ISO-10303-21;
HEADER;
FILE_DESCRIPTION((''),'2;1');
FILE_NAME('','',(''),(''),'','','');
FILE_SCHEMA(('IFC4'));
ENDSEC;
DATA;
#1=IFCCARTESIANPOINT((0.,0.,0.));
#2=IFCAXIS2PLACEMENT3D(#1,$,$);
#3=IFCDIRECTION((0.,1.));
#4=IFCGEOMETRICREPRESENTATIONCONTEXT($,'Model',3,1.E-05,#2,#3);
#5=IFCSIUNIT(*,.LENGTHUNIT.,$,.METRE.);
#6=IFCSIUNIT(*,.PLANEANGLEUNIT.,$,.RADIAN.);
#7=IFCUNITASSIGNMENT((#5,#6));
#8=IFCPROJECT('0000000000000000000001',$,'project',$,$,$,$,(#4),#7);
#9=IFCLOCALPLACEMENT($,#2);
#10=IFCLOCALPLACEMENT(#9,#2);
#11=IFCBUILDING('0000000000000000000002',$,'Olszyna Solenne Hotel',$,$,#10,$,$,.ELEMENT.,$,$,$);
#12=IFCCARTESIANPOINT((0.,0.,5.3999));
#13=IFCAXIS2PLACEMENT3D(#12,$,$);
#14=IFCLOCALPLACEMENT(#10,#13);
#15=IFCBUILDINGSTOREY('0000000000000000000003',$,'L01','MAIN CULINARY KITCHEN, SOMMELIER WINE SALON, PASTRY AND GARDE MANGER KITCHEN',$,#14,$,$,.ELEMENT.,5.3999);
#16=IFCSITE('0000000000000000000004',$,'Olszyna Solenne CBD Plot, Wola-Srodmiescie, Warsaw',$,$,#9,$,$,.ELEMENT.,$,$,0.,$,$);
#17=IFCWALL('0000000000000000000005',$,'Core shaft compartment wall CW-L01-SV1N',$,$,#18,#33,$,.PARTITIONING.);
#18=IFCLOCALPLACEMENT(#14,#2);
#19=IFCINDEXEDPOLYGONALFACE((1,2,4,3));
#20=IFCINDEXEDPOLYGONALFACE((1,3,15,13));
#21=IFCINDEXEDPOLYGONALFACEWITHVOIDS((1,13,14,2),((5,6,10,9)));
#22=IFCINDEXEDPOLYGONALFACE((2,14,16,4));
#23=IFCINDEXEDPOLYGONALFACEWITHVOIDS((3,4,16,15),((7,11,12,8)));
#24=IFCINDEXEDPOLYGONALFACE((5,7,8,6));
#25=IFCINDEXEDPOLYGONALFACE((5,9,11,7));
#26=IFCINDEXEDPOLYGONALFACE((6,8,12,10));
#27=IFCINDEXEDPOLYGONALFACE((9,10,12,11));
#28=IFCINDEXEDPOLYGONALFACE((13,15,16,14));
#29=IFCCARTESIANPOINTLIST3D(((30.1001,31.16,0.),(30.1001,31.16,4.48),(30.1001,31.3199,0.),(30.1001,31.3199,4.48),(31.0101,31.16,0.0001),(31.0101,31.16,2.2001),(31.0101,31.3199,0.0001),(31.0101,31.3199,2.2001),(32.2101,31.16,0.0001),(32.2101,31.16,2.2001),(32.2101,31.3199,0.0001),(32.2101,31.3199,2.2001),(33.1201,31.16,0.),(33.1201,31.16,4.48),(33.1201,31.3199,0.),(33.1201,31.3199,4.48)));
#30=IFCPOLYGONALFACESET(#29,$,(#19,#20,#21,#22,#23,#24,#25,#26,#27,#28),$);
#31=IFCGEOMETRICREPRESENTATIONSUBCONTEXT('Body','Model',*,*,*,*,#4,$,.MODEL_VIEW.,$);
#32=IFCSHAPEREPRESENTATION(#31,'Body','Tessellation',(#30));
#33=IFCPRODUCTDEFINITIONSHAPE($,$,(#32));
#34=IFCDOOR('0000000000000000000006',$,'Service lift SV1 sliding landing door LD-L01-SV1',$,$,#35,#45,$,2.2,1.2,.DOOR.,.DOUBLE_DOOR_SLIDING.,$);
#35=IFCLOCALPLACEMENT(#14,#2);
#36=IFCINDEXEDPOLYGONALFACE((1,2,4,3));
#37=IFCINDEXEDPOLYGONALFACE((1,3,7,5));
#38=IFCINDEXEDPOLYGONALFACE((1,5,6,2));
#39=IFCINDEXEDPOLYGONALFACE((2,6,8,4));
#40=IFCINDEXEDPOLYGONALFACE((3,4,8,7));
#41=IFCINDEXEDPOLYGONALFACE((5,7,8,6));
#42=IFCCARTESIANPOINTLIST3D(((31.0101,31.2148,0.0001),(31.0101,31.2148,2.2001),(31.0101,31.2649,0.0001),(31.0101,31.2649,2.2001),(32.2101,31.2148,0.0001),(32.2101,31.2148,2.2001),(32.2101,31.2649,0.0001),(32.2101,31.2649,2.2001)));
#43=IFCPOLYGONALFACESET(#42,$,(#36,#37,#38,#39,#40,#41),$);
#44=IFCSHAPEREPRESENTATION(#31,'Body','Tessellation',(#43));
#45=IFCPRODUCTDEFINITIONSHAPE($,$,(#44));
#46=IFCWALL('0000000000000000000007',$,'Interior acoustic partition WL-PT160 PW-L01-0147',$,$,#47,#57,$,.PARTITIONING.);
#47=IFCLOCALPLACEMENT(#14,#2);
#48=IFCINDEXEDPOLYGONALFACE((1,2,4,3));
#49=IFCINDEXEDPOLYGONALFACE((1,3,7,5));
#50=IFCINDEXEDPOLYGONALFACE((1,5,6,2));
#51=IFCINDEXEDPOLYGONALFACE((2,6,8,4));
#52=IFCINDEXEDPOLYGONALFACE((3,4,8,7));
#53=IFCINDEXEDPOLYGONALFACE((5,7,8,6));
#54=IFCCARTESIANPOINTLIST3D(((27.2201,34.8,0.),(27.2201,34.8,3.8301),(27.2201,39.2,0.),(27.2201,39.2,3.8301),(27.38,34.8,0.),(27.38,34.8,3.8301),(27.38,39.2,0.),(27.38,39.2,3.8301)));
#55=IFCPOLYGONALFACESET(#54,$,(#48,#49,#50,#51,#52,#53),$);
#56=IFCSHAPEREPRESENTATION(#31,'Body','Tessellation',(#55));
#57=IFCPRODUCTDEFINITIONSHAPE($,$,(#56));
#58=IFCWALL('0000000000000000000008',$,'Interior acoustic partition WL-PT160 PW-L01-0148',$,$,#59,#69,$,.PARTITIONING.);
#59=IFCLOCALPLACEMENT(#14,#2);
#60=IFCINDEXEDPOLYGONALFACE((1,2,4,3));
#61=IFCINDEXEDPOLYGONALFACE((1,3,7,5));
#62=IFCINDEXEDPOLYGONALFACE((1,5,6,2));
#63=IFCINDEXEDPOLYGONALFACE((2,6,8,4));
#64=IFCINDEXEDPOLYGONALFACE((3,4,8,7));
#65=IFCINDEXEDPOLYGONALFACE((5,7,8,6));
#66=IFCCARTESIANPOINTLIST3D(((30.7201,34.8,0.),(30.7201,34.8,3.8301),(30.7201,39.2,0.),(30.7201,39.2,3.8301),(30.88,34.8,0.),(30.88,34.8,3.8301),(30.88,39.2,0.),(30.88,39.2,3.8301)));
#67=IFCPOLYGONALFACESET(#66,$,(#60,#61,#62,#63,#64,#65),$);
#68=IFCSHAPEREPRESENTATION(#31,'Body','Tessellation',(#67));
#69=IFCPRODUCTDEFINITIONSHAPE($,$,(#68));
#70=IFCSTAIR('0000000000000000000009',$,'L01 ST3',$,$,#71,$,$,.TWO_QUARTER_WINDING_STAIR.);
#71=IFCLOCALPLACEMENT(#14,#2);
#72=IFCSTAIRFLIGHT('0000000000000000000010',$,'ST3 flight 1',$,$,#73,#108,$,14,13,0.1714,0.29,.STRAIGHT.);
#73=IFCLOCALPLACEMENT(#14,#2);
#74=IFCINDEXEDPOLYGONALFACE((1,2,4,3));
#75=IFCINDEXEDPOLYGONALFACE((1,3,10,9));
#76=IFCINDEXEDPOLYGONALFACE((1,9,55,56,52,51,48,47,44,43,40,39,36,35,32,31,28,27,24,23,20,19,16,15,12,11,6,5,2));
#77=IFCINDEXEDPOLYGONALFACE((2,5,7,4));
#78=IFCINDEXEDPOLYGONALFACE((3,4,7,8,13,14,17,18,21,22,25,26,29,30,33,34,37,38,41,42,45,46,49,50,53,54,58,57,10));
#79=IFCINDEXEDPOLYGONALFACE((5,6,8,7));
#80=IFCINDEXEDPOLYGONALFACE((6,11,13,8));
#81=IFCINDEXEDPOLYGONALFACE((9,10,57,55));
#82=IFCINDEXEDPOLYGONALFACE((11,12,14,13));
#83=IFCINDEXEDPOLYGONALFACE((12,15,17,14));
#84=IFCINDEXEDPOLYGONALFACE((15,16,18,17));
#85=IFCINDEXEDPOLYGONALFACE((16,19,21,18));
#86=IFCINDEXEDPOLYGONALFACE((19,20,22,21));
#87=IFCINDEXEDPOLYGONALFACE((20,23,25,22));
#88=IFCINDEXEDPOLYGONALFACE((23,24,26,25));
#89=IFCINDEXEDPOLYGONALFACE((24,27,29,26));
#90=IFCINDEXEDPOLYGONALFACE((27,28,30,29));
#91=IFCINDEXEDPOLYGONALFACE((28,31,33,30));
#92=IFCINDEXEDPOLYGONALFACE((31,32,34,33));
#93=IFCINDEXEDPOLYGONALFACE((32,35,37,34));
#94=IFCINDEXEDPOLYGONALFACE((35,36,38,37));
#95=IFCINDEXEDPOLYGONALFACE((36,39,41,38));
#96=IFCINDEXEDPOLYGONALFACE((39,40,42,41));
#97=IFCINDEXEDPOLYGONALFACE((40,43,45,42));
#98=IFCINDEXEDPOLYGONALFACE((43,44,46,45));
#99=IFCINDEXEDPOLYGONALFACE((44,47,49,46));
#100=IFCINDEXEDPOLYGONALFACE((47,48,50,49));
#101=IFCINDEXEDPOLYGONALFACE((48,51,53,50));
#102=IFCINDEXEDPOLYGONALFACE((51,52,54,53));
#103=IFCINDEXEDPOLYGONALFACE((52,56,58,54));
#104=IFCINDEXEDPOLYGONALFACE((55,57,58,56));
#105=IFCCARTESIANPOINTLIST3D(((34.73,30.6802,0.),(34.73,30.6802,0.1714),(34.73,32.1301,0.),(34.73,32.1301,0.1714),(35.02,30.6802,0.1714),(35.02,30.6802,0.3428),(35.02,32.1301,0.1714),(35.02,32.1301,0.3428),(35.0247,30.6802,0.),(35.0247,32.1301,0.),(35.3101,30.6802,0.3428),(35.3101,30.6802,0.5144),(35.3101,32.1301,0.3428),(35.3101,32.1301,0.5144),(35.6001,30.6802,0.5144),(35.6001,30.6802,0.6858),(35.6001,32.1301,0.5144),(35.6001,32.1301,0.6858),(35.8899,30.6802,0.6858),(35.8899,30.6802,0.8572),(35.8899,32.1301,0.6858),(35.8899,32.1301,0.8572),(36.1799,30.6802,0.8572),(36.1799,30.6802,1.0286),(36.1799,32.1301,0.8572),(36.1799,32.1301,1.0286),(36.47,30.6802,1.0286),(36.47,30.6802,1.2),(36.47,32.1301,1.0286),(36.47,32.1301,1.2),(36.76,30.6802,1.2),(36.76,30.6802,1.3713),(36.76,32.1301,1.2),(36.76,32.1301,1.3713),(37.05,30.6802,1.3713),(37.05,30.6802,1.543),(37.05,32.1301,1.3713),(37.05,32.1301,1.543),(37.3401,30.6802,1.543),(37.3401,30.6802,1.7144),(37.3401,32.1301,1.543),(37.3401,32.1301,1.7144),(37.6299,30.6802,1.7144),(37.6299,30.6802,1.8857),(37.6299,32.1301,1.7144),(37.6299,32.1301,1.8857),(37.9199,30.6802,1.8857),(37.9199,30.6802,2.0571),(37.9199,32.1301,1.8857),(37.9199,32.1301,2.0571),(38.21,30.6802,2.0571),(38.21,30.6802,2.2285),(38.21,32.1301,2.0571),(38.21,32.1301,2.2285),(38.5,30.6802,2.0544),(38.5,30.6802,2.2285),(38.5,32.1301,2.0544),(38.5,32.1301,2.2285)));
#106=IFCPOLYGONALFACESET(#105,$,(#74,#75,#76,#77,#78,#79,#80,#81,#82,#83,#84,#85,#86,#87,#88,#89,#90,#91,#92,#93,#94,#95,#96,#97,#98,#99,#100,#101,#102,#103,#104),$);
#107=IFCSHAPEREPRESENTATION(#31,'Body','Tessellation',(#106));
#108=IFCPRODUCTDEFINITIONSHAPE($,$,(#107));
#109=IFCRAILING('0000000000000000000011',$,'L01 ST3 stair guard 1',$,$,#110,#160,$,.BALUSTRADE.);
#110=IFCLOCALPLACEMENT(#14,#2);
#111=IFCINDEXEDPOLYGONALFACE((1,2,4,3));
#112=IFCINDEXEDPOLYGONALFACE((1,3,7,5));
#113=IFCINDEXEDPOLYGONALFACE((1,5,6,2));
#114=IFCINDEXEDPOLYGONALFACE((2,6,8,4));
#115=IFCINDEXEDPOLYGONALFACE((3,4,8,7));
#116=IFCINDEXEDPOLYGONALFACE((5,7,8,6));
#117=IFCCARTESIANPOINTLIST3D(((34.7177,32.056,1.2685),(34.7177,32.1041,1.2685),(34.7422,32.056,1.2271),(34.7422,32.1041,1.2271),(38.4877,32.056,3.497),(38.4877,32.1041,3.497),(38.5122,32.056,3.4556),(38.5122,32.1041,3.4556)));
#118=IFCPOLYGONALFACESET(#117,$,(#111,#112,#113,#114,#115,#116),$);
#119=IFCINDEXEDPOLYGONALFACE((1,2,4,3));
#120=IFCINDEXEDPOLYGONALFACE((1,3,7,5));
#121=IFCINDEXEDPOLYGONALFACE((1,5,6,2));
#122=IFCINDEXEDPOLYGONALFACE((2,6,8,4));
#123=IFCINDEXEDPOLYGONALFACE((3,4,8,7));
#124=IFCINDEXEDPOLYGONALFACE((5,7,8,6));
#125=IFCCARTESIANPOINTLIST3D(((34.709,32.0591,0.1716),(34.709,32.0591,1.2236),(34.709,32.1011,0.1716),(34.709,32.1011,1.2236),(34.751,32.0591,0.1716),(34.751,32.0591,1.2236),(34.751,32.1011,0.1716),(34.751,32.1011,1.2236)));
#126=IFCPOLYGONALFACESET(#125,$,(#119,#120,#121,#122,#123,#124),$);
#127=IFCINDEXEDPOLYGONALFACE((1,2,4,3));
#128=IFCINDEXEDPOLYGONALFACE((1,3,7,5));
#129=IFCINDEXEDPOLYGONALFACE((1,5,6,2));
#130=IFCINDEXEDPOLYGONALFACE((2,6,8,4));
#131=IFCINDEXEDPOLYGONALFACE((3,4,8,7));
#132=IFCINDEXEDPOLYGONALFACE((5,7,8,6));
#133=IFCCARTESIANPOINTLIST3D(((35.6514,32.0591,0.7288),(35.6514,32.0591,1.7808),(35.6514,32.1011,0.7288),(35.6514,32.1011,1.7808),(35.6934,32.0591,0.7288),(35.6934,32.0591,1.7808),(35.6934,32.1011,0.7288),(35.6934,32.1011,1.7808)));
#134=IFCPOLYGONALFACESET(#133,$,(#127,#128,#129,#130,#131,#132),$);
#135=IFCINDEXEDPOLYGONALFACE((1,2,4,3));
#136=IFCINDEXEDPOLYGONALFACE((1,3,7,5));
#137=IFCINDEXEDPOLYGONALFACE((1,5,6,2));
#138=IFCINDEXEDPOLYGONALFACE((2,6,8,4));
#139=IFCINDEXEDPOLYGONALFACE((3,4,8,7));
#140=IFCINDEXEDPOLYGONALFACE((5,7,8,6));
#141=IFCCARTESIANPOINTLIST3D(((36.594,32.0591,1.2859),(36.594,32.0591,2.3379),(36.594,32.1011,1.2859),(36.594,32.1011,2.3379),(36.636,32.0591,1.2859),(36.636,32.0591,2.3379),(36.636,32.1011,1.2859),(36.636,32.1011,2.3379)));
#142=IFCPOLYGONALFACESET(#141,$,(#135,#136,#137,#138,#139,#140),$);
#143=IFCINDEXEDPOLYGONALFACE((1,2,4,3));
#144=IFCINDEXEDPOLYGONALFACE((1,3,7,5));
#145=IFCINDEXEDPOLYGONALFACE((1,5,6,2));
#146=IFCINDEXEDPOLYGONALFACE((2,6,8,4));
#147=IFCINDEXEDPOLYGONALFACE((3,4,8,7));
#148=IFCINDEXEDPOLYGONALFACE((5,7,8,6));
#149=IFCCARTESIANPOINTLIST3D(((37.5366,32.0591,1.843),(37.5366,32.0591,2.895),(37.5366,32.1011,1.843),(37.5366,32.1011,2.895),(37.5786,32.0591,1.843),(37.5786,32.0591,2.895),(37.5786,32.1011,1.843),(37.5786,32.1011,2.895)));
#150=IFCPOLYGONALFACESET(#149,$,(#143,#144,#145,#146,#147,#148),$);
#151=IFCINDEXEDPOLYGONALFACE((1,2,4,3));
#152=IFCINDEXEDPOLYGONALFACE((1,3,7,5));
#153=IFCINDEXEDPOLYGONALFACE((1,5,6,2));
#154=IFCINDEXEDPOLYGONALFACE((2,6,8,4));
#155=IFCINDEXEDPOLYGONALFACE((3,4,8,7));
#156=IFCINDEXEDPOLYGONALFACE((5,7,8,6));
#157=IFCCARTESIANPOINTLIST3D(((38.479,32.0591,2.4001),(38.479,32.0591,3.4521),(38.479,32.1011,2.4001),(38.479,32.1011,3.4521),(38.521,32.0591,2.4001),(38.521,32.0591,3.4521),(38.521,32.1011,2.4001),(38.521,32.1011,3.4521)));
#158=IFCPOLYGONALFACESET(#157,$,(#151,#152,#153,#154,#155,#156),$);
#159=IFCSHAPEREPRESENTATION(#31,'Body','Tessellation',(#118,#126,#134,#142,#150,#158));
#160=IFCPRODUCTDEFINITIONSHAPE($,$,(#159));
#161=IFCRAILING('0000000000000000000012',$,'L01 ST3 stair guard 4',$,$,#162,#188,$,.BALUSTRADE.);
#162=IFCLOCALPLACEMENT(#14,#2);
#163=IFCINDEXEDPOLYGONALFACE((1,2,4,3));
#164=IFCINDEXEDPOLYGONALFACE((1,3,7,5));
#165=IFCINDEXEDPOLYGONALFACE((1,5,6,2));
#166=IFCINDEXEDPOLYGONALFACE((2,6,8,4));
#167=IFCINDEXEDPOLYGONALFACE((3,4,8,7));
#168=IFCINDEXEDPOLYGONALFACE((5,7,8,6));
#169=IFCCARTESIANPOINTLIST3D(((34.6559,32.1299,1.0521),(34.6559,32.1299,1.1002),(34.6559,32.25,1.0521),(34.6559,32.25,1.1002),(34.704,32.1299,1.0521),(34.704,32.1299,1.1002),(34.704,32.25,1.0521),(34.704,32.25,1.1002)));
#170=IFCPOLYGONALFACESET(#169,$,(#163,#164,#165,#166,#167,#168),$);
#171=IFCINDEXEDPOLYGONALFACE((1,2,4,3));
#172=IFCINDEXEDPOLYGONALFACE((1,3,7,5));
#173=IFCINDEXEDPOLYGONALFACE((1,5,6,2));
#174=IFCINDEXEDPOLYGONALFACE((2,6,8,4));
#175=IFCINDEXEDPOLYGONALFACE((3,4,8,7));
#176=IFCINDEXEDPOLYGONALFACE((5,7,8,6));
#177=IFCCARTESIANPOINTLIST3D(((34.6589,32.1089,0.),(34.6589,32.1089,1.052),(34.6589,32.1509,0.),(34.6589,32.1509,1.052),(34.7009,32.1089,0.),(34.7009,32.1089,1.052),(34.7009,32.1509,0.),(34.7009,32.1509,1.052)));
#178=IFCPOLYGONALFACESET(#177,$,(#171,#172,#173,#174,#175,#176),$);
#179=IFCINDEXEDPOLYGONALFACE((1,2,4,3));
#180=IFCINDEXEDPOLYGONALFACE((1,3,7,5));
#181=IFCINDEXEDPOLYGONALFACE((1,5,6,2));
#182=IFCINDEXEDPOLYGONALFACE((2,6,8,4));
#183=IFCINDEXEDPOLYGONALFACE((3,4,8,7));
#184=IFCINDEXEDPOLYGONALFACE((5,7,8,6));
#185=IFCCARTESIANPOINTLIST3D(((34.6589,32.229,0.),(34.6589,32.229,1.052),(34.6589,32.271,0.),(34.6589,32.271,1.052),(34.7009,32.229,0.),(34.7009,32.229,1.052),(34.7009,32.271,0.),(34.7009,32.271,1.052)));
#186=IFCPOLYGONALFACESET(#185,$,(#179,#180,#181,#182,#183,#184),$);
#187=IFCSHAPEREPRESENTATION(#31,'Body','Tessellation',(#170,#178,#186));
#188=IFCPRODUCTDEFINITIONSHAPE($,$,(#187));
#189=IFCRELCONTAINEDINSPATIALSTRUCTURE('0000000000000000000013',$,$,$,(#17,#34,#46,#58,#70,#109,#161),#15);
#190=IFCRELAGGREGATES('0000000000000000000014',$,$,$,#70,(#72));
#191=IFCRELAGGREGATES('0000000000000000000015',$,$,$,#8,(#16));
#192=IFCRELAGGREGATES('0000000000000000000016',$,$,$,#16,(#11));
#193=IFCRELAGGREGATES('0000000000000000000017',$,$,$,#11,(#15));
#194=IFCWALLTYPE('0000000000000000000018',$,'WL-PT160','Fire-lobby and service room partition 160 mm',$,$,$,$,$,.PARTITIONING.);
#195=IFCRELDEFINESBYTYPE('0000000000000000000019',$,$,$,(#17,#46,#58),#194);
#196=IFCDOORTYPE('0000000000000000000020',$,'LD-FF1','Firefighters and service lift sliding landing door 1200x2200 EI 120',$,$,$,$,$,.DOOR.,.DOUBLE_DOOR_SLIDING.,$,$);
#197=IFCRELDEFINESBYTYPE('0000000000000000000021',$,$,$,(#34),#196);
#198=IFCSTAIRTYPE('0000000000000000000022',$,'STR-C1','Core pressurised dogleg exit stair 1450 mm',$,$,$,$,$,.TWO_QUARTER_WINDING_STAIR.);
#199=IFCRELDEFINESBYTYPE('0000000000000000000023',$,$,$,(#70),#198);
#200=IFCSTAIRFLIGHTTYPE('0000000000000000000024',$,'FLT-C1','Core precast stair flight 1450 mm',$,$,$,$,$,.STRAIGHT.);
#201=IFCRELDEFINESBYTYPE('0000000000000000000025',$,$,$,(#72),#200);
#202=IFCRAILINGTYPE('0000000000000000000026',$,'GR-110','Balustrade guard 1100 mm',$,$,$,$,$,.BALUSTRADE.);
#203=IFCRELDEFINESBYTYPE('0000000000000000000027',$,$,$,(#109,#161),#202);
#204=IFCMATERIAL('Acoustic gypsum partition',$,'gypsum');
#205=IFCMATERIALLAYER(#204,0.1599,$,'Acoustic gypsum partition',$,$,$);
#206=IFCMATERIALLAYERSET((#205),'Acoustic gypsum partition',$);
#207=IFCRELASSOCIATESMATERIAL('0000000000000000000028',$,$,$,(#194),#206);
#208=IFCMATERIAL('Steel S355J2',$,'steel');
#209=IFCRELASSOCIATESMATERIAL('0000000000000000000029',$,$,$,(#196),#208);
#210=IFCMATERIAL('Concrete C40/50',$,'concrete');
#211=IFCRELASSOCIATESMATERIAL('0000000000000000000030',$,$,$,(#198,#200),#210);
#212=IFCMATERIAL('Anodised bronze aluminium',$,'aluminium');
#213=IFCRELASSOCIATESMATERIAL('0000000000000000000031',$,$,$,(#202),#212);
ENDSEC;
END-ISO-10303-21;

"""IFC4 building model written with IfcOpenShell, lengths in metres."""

from ifc_helpers import new_model, si_unit, direction, frame, frame_2d, origin, origin_2d, place, context, subcontext, project, spatial, polyline, rectangle, outline, extrude, source, transform, mapped, material, layer, layer_set, type_object, type_shapes, element, fill, aggregate, save


model = new_model("IFC4")

# Units and contexts
model_context = context("Model", 3, precision=1e-05, world=origin(), true_north=direction((0.0, 1.0)))
body_context = subcontext(model_context, "Body", "Model", "MODEL_VIEW")
ifc_project = project(units=[si_unit("LENGTHUNIT", "METRE"), si_unit("PLANEANGLEUNIT", "RADIAN")], contexts=[model_context])

# Site, building, storey
site_placement = place(None, origin())
site = spatial("IfcSite", under=ifc_project, at=site_placement, Name="Olszyna Solenne CBD Plot, Wola-Srodmiescie, Warsaw", CompositionType="ELEMENT", RefElevation=0.0)
building_placement = place(site_placement, origin())
building = spatial("IfcBuilding", under=site, at=building_placement, Name="Olszyna Solenne Hotel", CompositionType="ELEMENT")
storey_placement = place(building_placement, frame((0.0, 0.0, 5.3999)))
storey = spatial("IfcBuildingStorey", under=building, at=storey_placement, Name="L01", Description="MAIN CULINARY KITCHEN, SOMMELIER WINE SALON, PASTRY AND GARDE MANGER KITCHEN", CompositionType="ELEMENT", Elevation=5.3999)

# Shared definitions
ifc_material_1 = material(Name="Steel S355J2", Category="steel")

# Shared definitions
ifc_material_2 = material(Name="Acoustic gypsum partition", Category="gypsum")
ifc_layer_1 = layer(ifc_material_2, 0.1599, Name="Acoustic gypsum partition")
ifc_layer_set_1 = layer_set([ifc_layer_1], Name="Acoustic gypsum partition")
wall_type_1 = type_object("IfcWallType", Name="WL-PT160", Description="Fire-lobby and service room partition 160 mm", PredefinedType="PARTITIONING", material=ifc_layer_set_1)

# Wall, opening, door
wall_1_placement = place(storey_placement, frame((30.1001, 31.24, 0.0), z_axis=(0.0, 0.0, 1.0), x_axis=(1.0, 0.0, 0.0)))
wall_1 = element("IfcWall", 1, at=wall_1_placement, inside=storey, type_object=wall_type_1, Name="Core shaft compartment wall CW-L01-SV1N", PredefinedType="PARTITIONING", context=body_context, shape_type="SweptSolid", body=[
    extrude(rectangle(XDim=3.02, YDim=0.1599, at=frame_2d((1.51, 0.0))), origin(), (0.0, 0.0, 1.0), 4.48),
])
opening_1_placement = place(wall_1_placement, frame((0.9099, 0.0, 0.0)))
opening_1 = element("IfcOpeningElement", 2, at=opening_1_placement, cuts=wall_1, PredefinedType="OPENING", context=body_context, shape_type="SweptSolid", body=[
    extrude(rectangle(XDim=1.2, YDim=2.2, at=frame_2d((0.6001, 1.1001))), frame((0.0, 0.0898, 0.0), z_axis=(0.0, -1.0, 0.0), x_axis=(1.0, 0.0, 0.0)), (0.0, 0.0, 1.0), 0.1799),
])
door_type_1 = type_object("IfcDoorType", Name="LD-FF1", Description="Firefighters and service lift sliding landing door 1200x2200 EI 120", OperationType="DOUBLE_DOOR_SLIDING", PredefinedType="DOOR", material=ifc_material_1)
shared_shape_1 = source(origin(), body_context, "Body", "SweptSolid", [
    extrude(rectangle(XDim=1.2, YDim=2.2, at=frame_2d((0.6001, 1.1001))), frame((0.0, 0.0249, 0.0), z_axis=(0.0, -1.0, 0.0), x_axis=(1.0, 0.0, 0.0)), (0.0, 0.0, 1.0), 0.05),
])
type_shapes(door_type_1, [shared_shape_1])
door_1_placement = place(opening_1_placement, origin())
door_1 = element("IfcDoor", 3, at=door_1_placement, inside=storey, type_object=door_type_1, Name="Service lift SV1 sliding landing door LD-L01-SV1", OperationType="DOUBLE_DOOR_SLIDING", OverallHeight=2.2, OverallWidth=1.2, PredefinedType="DOOR", context=body_context, shape_type="MappedRepresentation", body=[
    mapped(shared_shape_1, transform((0.0, 0.0, 0.0), x_axis=(1.0, 0.0, 0.0), y_axis=(0.0, 1.0, 0.0), z_axis=(0.0, 0.0, 1.0), scale=1.0)),
])
fill(opening_1, door_1)

# Walls
for number, where, z_axis, x_axis, name in (
    (4, (27.3, 34.8, 0.0), (0.0, 0.0, 1.0), (0.0, 1.0, 0.0), "Interior acoustic partition WL-PT160 PW-L01-0147"),
    (5, (30.8, 34.8, 0.0), (0.0, 0.0, 1.0), (0.0, 1.0, 0.0), "Interior acoustic partition WL-PT160 PW-L01-0148"),
):
    element("IfcWall", number, at=place(storey_placement, frame(where, z_axis=z_axis, x_axis=x_axis)), inside=storey, type_object=wall_type_1, Name=name, PredefinedType="PARTITIONING", context=body_context, shape_type="SweptSolid", body=[
        extrude(rectangle(XDim=4.3999, YDim=0.1599, at=frame_2d((2.2, 0.0))), origin(), (0.0, 0.0, 1.0), 3.8301),
    ])

# Stair, stair flight
ifc_material_3 = material(Name="Concrete C40/50", Category="concrete")
stair_type = type_object("IfcStairType", Name="STR-C1", Description="Core pressurised dogleg exit stair 1450 mm", PredefinedType="TWO_QUARTER_WINDING_STAIR", material=ifc_material_3)
stair_placement = place(storey_placement, origin())
stair = element("IfcStair", 6, at=stair_placement, inside=storey, type_object=stair_type, Name="L01 ST3", PredefinedType="TWO_QUARTER_WINDING_STAIR")
stair_flight_type = type_object("IfcStairFlightType", Name="FLT-C1", Description="Core precast stair flight 1450 mm", PredefinedType="STRAIGHT", material=ifc_material_3)
stair_flight_placement = place(storey_placement, frame((34.73, 31.405, 0.0), z_axis=(0.0, 0.0, 1.0), x_axis=(1.0, 0.0, 0.0)))
stair_flight = element("IfcStairFlight", 7, at=stair_flight_placement, type_object=stair_flight_type, Name="ST3 flight 1", NumberOfRisers=14, NumberOfTreads=13, PredefinedType="STRAIGHT", RiserHeight=0.1714, TreadLength=0.29, context=body_context, shape_type="SweptSolid", body=[
    extrude(outline(polyline([(0.0, 0.0), (0.0, 0.1714), (0.29, 0.1714), (0.29, 0.3428), (0.5801, 0.3428), (0.5801, 0.5144), (0.8701, 0.5144), (0.8701, 0.6858), (1.1599, 0.6858), (1.1599, 0.8572), (1.45, 0.8572), (1.45, 1.0286), (1.74, 1.0286), (1.74, 1.2), (2.03, 1.2), (2.03, 1.3713), (2.3201, 1.3713), (2.3201, 1.543), (2.6101, 1.543), (2.6101, 1.7144), (2.8999, 1.7144), (2.8999, 1.8857), (3.1899, 1.8857), (3.1899, 2.0571), (3.48, 2.0571), (3.48, 2.2285), (3.77, 2.2285), (3.77, 2.3999), (3.77, 2.0544), (0.2947, 0.0), (0.0, 0.0)])), frame((0.0, 0.7251, 0.0), z_axis=(0.0, -1.0, 0.0), x_axis=(1.0, 0.0, 0.0)), (0.0, 0.0, 1.0), 1.45),
])
aggregate(stair, [stair_flight])

# Railings
ifc_material_4 = material(Name="Anodised bronze aluminium", Category="aluminium")
railing_type_1 = type_object("IfcRailingType", Name="GR-110", Description="Balustrade guard 1100 mm", PredefinedType="BALUSTRADE", material=ifc_material_4)
railing_1_placement = place(storey_placement, frame((34.73, 32.0801, 0.1716)))
element("IfcRailing", 8, at=railing_1_placement, inside=storey, type_object=railing_type_1, Name="L01 ST3 stair guard 1", PredefinedType="BALUSTRADE", context=body_context, shape_type="SweptSolid", body=[
    extrude(rectangle(XDim=0.0481, YDim=0.0481, at=origin_2d()), frame((0.0, 0.0, 1.0762), z_axis=(0.860849, 0.0, 0.508861), x_axis=(0.0, 1.0, 0.0)), (0.0, 0.0, 1.0), 4.3794),
    extrude(rectangle(XDim=0.042, YDim=0.042, at=origin_2d()), origin(), (0.0, 0.0, 1.0), 1.052),
    extrude(rectangle(XDim=0.042, YDim=0.042, at=origin_2d()), frame((0.9424, 0.0, 0.5571)), (0.0, 0.0, 1.0), 1.052),
    extrude(rectangle(XDim=0.042, YDim=0.042, at=origin_2d()), frame((1.885, 0.0, 1.1143)), (0.0, 0.0, 1.0), 1.052),
    extrude(rectangle(XDim=0.042, YDim=0.042, at=origin_2d()), frame((2.8276, 0.0, 1.6714)), (0.0, 0.0, 1.0), 1.052),
    extrude(rectangle(XDim=0.042, YDim=0.042, at=origin_2d()), frame((3.77, 0.0, 2.2285)), (0.0, 0.0, 1.0), 1.052),
])
railing_2_placement = place(storey_placement, frame((34.6799, 32.1299, 0.0)))
element("IfcRailing", 9, at=railing_2_placement, inside=storey, type_object=railing_type_1, Name="L01 ST3 stair guard 4", PredefinedType="BALUSTRADE", context=body_context, shape_type="SweptSolid", body=[
    extrude(rectangle(XDim=0.0481, YDim=0.0481, at=origin_2d()), frame((0.0, 0.0, 1.0762), z_axis=(0.0, 1.0, 0.0), x_axis=(-1.0, 0.0, 0.0)), (0.0, 0.0, 1.0), 0.1201),
    extrude(rectangle(XDim=0.042, YDim=0.042, at=origin_2d()), origin(), (0.0, 0.0, 1.0), 1.052),
    extrude(rectangle(XDim=0.042, YDim=0.042, at=origin_2d()), frame((0.0, 0.1201, 0.0)), (0.0, 0.0, 1.0), 1.052),
])

save(model, "model.ifc")
